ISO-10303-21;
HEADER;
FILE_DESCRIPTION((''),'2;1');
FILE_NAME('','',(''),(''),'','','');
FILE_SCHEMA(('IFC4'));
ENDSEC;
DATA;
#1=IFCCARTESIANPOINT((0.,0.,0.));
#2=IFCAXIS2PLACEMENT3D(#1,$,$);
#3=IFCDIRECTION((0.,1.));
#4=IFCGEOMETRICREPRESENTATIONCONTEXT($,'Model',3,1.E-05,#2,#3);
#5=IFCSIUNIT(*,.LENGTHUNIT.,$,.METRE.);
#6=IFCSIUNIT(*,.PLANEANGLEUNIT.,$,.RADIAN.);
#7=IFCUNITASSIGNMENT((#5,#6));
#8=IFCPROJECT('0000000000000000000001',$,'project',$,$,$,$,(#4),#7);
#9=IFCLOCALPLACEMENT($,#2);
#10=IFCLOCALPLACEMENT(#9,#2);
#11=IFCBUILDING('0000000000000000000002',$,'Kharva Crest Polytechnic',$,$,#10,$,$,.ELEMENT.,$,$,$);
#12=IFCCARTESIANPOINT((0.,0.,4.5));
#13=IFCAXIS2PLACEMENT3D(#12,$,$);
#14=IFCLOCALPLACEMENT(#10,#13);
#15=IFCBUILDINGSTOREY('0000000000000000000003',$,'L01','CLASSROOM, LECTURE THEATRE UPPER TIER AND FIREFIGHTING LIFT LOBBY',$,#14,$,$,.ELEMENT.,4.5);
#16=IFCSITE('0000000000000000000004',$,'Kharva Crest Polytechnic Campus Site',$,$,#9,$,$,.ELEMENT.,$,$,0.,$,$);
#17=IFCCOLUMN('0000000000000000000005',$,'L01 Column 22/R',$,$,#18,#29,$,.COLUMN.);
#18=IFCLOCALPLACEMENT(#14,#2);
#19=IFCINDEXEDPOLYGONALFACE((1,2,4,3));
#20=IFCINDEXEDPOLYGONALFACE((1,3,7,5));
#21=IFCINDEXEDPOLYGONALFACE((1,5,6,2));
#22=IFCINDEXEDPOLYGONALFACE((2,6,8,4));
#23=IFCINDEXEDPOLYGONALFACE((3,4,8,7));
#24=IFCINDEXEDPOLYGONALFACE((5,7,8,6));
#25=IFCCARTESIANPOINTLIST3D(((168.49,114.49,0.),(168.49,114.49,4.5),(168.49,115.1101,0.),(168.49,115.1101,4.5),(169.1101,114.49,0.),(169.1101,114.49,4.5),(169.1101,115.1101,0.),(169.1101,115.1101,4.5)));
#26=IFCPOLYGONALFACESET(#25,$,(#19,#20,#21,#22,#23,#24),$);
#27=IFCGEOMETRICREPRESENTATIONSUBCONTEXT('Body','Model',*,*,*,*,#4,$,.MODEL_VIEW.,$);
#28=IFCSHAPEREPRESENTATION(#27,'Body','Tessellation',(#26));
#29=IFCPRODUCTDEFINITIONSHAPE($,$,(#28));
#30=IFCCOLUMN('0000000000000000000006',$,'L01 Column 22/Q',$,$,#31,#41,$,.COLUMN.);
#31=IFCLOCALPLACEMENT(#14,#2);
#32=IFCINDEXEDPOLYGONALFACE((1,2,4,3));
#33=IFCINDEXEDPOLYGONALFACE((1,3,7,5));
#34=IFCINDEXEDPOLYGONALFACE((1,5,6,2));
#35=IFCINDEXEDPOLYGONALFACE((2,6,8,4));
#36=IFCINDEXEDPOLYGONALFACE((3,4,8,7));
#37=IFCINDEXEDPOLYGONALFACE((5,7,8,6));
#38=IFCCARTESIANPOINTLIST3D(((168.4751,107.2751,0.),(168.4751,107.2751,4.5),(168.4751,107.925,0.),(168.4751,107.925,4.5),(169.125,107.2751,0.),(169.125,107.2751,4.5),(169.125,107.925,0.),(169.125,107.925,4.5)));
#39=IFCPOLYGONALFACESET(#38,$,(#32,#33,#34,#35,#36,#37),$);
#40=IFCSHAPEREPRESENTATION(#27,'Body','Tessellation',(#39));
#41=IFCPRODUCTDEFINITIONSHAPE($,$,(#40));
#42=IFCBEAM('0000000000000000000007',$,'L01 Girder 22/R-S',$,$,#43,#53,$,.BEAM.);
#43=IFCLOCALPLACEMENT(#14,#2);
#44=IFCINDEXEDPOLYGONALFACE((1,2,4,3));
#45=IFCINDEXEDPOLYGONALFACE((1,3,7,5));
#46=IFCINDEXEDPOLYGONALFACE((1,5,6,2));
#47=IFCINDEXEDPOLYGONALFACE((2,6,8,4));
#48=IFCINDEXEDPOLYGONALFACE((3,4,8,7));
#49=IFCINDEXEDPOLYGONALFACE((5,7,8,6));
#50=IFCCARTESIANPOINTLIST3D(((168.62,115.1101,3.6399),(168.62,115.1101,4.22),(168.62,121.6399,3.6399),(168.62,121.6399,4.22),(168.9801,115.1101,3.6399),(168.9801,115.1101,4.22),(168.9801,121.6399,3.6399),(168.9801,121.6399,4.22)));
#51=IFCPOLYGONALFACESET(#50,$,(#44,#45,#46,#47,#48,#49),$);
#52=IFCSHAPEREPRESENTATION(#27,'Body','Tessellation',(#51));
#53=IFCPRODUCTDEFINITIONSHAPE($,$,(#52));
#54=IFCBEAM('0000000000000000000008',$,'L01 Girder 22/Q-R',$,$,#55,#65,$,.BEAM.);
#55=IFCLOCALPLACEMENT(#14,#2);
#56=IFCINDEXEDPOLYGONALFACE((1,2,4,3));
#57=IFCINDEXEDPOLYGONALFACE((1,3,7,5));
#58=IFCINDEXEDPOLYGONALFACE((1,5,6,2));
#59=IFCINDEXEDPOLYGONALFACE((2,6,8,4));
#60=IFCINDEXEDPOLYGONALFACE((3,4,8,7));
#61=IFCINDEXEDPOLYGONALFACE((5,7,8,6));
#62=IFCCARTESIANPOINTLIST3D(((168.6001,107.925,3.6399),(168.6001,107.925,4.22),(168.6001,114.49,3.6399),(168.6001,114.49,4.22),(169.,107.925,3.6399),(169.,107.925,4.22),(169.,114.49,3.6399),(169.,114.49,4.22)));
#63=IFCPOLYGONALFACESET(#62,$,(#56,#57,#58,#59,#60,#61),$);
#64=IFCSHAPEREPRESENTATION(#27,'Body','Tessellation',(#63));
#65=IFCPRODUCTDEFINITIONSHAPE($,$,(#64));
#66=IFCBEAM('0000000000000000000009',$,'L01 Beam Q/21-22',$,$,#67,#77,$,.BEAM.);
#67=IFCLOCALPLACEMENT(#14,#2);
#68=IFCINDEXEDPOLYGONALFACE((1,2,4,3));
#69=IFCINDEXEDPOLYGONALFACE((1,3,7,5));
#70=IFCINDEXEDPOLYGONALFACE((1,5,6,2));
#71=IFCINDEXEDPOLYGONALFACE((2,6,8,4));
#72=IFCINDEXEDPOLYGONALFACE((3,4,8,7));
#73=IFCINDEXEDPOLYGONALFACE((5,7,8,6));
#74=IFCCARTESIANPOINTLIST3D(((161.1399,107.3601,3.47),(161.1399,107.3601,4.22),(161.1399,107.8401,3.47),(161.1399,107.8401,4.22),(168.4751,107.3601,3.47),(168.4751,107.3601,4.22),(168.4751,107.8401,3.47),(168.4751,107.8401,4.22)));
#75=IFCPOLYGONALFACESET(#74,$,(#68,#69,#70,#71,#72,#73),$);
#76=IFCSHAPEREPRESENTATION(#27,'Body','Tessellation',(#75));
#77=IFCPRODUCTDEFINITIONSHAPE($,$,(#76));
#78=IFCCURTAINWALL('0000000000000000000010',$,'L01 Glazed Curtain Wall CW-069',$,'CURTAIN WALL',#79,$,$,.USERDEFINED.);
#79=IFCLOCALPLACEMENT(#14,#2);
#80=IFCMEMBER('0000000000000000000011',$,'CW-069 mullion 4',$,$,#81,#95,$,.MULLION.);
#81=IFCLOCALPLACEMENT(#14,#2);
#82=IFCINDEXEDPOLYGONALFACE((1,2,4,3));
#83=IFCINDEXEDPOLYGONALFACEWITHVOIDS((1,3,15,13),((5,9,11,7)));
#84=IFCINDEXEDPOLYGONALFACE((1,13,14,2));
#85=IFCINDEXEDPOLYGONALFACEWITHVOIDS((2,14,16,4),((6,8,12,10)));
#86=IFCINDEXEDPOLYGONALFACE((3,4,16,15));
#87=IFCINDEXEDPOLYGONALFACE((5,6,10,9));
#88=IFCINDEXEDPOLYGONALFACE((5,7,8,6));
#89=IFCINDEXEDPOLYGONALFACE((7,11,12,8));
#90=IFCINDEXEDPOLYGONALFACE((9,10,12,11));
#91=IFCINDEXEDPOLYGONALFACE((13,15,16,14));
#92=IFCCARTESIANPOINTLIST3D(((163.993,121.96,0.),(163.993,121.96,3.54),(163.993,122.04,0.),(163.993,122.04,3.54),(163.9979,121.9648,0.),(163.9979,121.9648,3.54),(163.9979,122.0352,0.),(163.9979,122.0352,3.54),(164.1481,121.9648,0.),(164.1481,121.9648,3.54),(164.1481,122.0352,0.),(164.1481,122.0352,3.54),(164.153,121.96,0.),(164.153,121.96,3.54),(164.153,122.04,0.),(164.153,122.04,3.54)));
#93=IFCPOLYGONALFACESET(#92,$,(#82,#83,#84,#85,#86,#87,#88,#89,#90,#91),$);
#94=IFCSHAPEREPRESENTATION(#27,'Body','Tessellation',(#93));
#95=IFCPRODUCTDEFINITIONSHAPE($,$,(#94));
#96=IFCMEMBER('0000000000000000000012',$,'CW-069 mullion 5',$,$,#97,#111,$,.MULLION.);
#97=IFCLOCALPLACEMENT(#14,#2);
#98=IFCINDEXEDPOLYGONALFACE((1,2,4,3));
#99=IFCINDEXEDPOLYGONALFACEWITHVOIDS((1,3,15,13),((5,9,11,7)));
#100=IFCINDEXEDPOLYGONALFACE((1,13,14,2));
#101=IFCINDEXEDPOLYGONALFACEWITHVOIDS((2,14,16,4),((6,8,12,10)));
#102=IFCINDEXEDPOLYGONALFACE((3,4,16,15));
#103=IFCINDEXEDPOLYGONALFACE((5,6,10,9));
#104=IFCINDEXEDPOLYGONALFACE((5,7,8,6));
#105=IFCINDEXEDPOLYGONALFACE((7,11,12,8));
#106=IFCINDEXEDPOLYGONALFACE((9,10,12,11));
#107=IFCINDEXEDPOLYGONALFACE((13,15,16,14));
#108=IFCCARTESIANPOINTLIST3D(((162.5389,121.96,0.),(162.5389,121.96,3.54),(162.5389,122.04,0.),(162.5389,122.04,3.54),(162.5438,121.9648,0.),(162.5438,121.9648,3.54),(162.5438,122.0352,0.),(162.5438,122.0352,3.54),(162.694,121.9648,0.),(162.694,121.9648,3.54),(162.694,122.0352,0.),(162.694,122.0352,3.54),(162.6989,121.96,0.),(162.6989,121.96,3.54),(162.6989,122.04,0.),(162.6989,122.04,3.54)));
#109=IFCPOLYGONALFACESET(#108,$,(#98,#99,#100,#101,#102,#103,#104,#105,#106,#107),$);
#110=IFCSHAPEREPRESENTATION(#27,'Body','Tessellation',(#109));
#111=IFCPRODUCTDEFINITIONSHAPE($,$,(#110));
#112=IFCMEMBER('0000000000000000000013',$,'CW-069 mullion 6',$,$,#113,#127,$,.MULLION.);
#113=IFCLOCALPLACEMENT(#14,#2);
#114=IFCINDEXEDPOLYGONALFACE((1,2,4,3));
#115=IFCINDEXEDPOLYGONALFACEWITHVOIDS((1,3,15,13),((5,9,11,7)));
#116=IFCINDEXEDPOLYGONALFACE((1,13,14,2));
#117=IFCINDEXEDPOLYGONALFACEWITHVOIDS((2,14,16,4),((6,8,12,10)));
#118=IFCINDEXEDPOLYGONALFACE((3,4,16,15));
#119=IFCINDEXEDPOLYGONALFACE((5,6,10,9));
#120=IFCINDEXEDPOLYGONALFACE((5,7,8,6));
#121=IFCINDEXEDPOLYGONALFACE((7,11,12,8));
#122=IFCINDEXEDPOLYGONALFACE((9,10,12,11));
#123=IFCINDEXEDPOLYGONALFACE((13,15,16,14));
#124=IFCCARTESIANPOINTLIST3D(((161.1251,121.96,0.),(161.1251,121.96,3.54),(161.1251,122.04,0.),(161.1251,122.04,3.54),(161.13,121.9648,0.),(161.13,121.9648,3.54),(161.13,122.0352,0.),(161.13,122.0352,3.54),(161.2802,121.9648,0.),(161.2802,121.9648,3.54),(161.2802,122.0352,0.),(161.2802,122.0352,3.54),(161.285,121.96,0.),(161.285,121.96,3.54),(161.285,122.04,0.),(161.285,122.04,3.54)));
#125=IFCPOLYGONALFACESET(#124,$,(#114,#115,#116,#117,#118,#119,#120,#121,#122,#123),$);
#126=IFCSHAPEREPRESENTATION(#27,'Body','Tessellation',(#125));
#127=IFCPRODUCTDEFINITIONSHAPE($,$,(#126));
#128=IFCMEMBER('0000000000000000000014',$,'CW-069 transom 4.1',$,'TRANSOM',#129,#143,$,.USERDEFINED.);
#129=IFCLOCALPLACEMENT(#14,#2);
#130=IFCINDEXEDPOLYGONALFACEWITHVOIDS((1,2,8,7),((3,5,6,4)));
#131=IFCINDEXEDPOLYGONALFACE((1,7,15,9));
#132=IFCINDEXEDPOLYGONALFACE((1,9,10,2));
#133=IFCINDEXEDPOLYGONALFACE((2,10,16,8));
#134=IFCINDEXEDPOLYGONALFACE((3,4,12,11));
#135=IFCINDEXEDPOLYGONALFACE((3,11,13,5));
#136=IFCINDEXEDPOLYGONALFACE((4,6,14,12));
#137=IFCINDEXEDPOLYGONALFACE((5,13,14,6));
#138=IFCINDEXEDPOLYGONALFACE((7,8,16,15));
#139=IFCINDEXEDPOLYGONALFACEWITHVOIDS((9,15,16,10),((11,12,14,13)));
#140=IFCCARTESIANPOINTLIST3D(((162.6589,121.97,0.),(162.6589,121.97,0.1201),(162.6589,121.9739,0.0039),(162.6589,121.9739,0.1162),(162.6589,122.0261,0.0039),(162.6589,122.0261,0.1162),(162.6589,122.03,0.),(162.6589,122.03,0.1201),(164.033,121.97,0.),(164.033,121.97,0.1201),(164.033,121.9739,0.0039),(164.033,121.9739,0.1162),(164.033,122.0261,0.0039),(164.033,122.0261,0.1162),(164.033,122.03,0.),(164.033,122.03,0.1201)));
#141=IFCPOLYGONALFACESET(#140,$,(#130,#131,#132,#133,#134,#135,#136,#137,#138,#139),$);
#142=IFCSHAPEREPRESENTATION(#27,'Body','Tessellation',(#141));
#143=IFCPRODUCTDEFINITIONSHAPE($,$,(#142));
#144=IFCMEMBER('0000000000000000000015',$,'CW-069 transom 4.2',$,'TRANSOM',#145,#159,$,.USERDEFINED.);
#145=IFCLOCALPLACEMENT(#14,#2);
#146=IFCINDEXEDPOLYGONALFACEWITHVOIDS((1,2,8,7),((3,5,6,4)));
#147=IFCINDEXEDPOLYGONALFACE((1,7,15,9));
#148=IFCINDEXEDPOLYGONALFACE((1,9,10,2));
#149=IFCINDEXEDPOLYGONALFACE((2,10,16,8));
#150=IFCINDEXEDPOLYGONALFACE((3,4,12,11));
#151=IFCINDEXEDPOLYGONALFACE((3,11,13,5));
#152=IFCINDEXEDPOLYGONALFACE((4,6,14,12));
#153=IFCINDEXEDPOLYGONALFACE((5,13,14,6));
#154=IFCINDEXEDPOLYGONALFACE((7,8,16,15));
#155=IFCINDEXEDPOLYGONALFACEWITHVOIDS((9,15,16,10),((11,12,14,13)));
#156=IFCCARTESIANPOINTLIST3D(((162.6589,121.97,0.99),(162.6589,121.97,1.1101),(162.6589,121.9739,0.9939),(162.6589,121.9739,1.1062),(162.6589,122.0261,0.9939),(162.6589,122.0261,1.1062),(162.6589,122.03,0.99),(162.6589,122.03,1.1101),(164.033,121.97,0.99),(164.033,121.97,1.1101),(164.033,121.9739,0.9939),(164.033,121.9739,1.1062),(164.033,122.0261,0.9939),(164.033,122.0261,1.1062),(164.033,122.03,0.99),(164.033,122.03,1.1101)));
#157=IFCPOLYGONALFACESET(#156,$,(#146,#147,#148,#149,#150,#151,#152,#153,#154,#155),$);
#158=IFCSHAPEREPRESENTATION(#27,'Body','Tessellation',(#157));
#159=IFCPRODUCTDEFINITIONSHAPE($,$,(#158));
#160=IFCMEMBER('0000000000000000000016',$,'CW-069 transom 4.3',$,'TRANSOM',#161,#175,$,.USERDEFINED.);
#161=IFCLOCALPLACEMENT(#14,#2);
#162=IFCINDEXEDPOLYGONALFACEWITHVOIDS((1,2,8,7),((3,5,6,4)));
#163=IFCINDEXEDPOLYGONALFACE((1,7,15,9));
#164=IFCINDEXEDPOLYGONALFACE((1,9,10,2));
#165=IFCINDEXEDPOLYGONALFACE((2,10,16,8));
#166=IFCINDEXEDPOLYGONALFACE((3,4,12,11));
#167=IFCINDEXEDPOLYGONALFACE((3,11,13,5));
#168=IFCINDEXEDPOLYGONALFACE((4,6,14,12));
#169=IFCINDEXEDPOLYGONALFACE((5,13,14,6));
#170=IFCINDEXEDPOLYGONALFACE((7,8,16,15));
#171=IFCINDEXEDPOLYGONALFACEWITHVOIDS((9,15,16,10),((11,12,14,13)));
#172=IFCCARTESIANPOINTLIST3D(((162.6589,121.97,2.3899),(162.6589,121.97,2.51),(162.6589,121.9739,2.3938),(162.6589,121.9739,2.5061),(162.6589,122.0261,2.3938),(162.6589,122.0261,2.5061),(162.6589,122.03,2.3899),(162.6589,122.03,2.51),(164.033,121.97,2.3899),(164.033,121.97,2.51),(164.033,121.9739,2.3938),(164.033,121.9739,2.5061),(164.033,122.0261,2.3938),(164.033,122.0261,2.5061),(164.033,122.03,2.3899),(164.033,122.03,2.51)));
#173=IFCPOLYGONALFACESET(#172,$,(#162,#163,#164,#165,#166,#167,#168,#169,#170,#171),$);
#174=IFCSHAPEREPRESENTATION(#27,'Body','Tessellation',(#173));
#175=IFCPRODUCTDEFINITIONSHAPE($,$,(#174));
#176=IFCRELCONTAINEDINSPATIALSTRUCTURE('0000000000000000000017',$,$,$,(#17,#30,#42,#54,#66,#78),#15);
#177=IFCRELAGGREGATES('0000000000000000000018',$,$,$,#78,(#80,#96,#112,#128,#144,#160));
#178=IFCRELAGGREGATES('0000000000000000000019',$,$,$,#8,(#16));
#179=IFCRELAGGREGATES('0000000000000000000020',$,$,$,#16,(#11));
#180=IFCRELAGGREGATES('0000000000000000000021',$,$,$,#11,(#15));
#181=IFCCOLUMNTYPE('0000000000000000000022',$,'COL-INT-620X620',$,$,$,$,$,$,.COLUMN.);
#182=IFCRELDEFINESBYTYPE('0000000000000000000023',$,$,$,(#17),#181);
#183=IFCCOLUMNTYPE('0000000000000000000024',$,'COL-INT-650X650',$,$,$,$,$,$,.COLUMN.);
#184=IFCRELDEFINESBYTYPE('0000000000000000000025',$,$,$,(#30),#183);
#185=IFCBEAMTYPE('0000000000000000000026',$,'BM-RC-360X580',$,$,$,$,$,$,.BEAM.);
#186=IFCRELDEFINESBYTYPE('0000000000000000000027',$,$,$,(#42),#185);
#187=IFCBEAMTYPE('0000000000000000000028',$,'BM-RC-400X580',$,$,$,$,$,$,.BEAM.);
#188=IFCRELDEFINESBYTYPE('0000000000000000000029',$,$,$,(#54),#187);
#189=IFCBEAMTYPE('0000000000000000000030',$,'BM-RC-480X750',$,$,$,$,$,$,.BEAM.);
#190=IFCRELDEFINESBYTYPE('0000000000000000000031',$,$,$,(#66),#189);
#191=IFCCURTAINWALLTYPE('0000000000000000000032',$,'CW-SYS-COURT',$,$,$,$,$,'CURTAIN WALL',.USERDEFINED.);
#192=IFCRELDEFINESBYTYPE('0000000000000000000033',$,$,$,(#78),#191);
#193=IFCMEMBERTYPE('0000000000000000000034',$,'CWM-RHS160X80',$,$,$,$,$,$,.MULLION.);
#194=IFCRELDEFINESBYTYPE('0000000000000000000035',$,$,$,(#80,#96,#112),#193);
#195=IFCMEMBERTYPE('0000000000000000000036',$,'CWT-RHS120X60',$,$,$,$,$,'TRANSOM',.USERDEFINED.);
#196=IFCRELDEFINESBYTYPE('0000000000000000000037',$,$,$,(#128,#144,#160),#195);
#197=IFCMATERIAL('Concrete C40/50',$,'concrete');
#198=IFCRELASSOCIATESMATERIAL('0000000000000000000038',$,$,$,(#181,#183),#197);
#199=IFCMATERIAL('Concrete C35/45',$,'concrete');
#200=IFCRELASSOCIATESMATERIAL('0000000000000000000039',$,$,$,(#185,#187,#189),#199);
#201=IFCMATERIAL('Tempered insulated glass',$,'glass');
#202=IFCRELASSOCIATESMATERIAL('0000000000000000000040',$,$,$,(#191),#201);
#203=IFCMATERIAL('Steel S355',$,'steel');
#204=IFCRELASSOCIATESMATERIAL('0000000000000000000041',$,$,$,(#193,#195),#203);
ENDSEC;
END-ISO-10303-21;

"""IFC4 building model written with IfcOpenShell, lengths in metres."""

from ifc_helpers import new_model, si_unit, direction, frame, origin, origin_2d, place, context, subcontext, project, spatial, rectangle, hollow_rectangle, extrude, material, material_profile, profile_set, type_object, element, aggregate, save


model = new_model("IFC4")

# Units and contexts
model_context = context("Model", 3, precision=1e-05, world=origin(), true_north=direction((0.0, 1.0)))
body_context = subcontext(model_context, "Body", "Model", "MODEL_VIEW")
ifc_project = project(units=[si_unit("LENGTHUNIT", "METRE"), si_unit("PLANEANGLEUNIT", "RADIAN")], contexts=[model_context])

# Site, building, storey
site_placement = place(None, origin())
site = spatial("IfcSite", under=ifc_project, at=site_placement, Name="Kharva Crest Polytechnic Campus Site", CompositionType="ELEMENT", RefElevation=0.0)
building_placement = place(site_placement, origin())
building = spatial("IfcBuilding", under=site, at=building_placement, Name="Kharva Crest Polytechnic", CompositionType="ELEMENT")
storey_placement = place(building_placement, frame((0.0, 0.0, 4.5)))
storey = spatial("IfcBuildingStorey", under=building, at=storey_placement, Name="L01", Description="CLASSROOM, LECTURE THEATRE UPPER TIER AND FIREFIGHTING LIFT LOBBY", CompositionType="ELEMENT", Elevation=4.5)

# Columns
ifc_material_1 = material(Name="Concrete C40/50", Category="concrete")
ifc_material_profile_1 = material_profile(ifc_material_1, rectangle(XDim=0.6201, YDim=0.6201, at=origin_2d()), Name="RECT 620 X 620")
ifc_profile_set_1 = profile_set([ifc_material_profile_1], Name="Concrete C40/50")
column_type_1 = type_object("IfcColumnType", Name="COL-INT-620X620", PredefinedType="COLUMN", material=ifc_profile_set_1)
column_1_placement = place(storey_placement, frame((168.8, 114.8, 0.0), z_axis=(0.0, 0.0, 1.0), x_axis=(1.0, 0.0, 0.0)))
element("IfcColumn", 1, at=column_1_placement, inside=storey, type_object=column_type_1, Name="L01 Column 22/R", PredefinedType="COLUMN", context=body_context, shape_type="SweptSolid", body=[
    extrude(rectangle(XDim=0.6201, YDim=0.6201, at=origin_2d()), origin(), (0.0, 0.0, 1.0), 4.5),
])
ifc_material_profile_2 = material_profile(ifc_material_1, rectangle(XDim=0.6499, YDim=0.6499, at=origin_2d()), Name="RECT 650 X 650")
ifc_profile_set_2 = profile_set([ifc_material_profile_2], Name="Concrete C40/50")
column_type_2 = type_object("IfcColumnType", Name="COL-INT-650X650", PredefinedType="COLUMN", material=ifc_profile_set_2)
column_2_placement = place(storey_placement, frame((168.8, 107.6001, 0.0), z_axis=(0.0, 0.0, 1.0), x_axis=(1.0, 0.0, 0.0)))
element("IfcColumn", 2, at=column_2_placement, inside=storey, type_object=column_type_2, Name="L01 Column 22/Q", PredefinedType="COLUMN", context=body_context, shape_type="SweptSolid", body=[
    extrude(rectangle(XDim=0.6499, YDim=0.6499, at=origin_2d()), origin(), (0.0, 0.0, 1.0), 4.5),
])

# Beams
ifc_material_2 = material(Name="Concrete C35/45", Category="concrete")
ifc_material_profile_3 = material_profile(ifc_material_2, rectangle(XDim=0.3601, YDim=0.5801, at=origin_2d()), Name="RECT 360 X 580")
ifc_profile_set_3 = profile_set([ifc_material_profile_3], Name="Concrete C35/45")
beam_type_1 = type_object("IfcBeamType", Name="BM-RC-360X580", PredefinedType="BEAM", material=ifc_profile_set_3)
beam_1_placement = place(storey_placement, frame((168.8, 115.1101, 3.9299), z_axis=(0.0, 1.0, 0.0), x_axis=(-1.0, 0.0, 0.0)))
element("IfcBeam", 3, at=beam_1_placement, inside=storey, type_object=beam_type_1, Name="L01 Girder 22/R-S", PredefinedType="BEAM", context=body_context, shape_type="SweptSolid", body=[
    extrude(rectangle(XDim=0.3601, YDim=0.5801, at=origin_2d()), origin(), (0.0, 0.0, 1.0), 6.5298),
])
ifc_material_profile_4 = material_profile(ifc_material_2, rectangle(XDim=0.3999, YDim=0.5801, at=origin_2d()), Name="RECT 400 X 580")
ifc_profile_set_4 = profile_set([ifc_material_profile_4], Name="Concrete C35/45")
beam_type_2 = type_object("IfcBeamType", Name="BM-RC-400X580", PredefinedType="BEAM", material=ifc_profile_set_4)
beam_2_placement = place(storey_placement, frame((168.8, 107.925, 3.9299), z_axis=(0.0, 1.0, 0.0), x_axis=(-1.0, 0.0, 0.0)))
element("IfcBeam", 4, at=beam_2_placement, inside=storey, type_object=beam_type_2, Name="L01 Girder 22/Q-R", PredefinedType="BEAM", context=body_context, shape_type="SweptSolid", body=[
    extrude(rectangle(XDim=0.3999, YDim=0.5801, at=origin_2d()), origin(), (0.0, 0.0, 1.0), 6.5649),
])
ifc_material_profile_5 = material_profile(ifc_material_2, rectangle(XDim=0.48, YDim=0.75, at=origin_2d()), Name="RECT 480 X 750")
ifc_profile_set_5 = profile_set([ifc_material_profile_5], Name="Concrete C35/45")
beam_type_3 = type_object("IfcBeamType", Name="BM-RC-480X750", PredefinedType="BEAM", material=ifc_profile_set_5)
beam_3_placement = place(storey_placement, frame((161.1399, 107.6001, 3.845), z_axis=(1.0, 0.0, 0.0), x_axis=(0.0, 1.0, 0.0)))
element("IfcBeam", 5, at=beam_3_placement, inside=storey, type_object=beam_type_3, Name="L01 Beam Q/21-22", PredefinedType="BEAM", context=body_context, shape_type="SweptSolid", body=[
    extrude(rectangle(XDim=0.48, YDim=0.75, at=origin_2d()), origin(), (0.0, 0.0, 1.0), 7.3352),
])

# Curtain wall, members
ifc_material_3 = material(Name="Tempered insulated glass", Category="glass")
curtain_wall_type = type_object("IfcCurtainWallType", Name="CW-SYS-COURT", ElementType="CURTAIN WALL", PredefinedType="USERDEFINED", material=ifc_material_3)
curtain_wall_placement = place(storey_placement, origin())
curtain_wall = element("IfcCurtainWall", 6, at=curtain_wall_placement, inside=storey, type_object=curtain_wall_type, Name="L01 Glazed Curtain Wall CW-069", ObjectType="CURTAIN WALL", PredefinedType="USERDEFINED")
ifc_material_4 = material(Name="Steel S355", Category="steel")
ifc_material_profile_6 = material_profile(ifc_material_4, hollow_rectangle(XDim=0.0801, YDim=0.1599, WallThickness=0.0049, at=origin_2d()), Name="RHS 160X80X5.0")
ifc_profile_set_6 = profile_set([ifc_material_profile_6], Name="Steel S355")
member_type_1 = type_object("IfcMemberType", Name="CWM-RHS160X80", PredefinedType="MULLION", material=ifc_profile_set_6)
member_1_placement = place(storey_placement, frame((164.073, 122.0, 0.0), z_axis=(0.0, 0.0, 1.0), x_axis=(0.0, -1.0, 0.0)))
member_1 = element("IfcMember", 7, at=member_1_placement, type_object=member_type_1, Name="CW-069 mullion 4", PredefinedType="MULLION", context=body_context, shape_type="SweptSolid", body=[
    extrude(hollow_rectangle(XDim=0.0801, YDim=0.1599, WallThickness=0.0049, at=origin_2d()), origin(), (0.0, 0.0, 1.0), 3.54),
])
member_2_placement = place(storey_placement, frame((162.6189, 122.0, 0.0), z_axis=(0.0, 0.0, 1.0), x_axis=(0.0, -1.0, 0.0)))
member_2 = element("IfcMember", 8, at=member_2_placement, type_object=member_type_1, Name="CW-069 mullion 5", PredefinedType="MULLION", context=body_context, shape_type="SweptSolid", body=[
    extrude(hollow_rectangle(XDim=0.0801, YDim=0.1599, WallThickness=0.0049, at=origin_2d()), origin(), (0.0, 0.0, 1.0), 3.54),
])
member_3_placement = place(storey_placement, frame((161.2051, 122.0, 0.0), z_axis=(0.0, 0.0, 1.0), x_axis=(0.0, -1.0, 0.0)))
member_3 = element("IfcMember", 9, at=member_3_placement, type_object=member_type_1, Name="CW-069 mullion 6", PredefinedType="MULLION", context=body_context, shape_type="SweptSolid", body=[
    extrude(hollow_rectangle(XDim=0.0801, YDim=0.1599, WallThickness=0.0049, at=origin_2d()), origin(), (0.0, 0.0, 1.0), 3.54),
])
ifc_material_profile_7 = material_profile(ifc_material_4, hollow_rectangle(XDim=0.0601, YDim=0.1201, WallThickness=0.0039, at=origin_2d()), Name="RHS 120X60X4.0")
ifc_profile_set_7 = profile_set([ifc_material_profile_7], Name="Steel S355")
member_type_2 = type_object("IfcMemberType", Name="CWT-RHS120X60", ElementType="TRANSOM", PredefinedType="USERDEFINED", material=ifc_profile_set_7)
member_4_placement = place(storey_placement, frame((164.033, 122.0, 0.0601), z_axis=(-1.0, 0.0, 0.0), x_axis=(0.0, -1.0, 0.0)))
member_4 = element("IfcMember", 10, at=member_4_placement, type_object=member_type_2, Name="CW-069 transom 4.1", ObjectType="TRANSOM", PredefinedType="USERDEFINED", context=body_context, shape_type="SweptSolid", body=[
    extrude(hollow_rectangle(XDim=0.0601, YDim=0.1201, WallThickness=0.0039, at=origin_2d()), origin(), (0.0, 0.0, 1.0), 1.374),
])
member_5_placement = place(storey_placement, frame((164.033, 122.0, 1.05), z_axis=(-1.0, 0.0, 0.0), x_axis=(0.0, -1.0, 0.0)))
member_5 = element("IfcMember", 11, at=member_5_placement, type_object=member_type_2, Name="CW-069 transom 4.2", ObjectType="TRANSOM", PredefinedType="USERDEFINED", context=body_context, shape_type="SweptSolid", body=[
    extrude(hollow_rectangle(XDim=0.0601, YDim=0.1201, WallThickness=0.0039, at=origin_2d()), origin(), (0.0, 0.0, 1.0), 1.374),
])
member_6_placement = place(storey_placement, frame((164.033, 122.0, 2.45), z_axis=(-1.0, 0.0, 0.0), x_axis=(0.0, -1.0, 0.0)))
member_6 = element("IfcMember", 12, at=member_6_placement, type_object=member_type_2, Name="CW-069 transom 4.3", ObjectType="TRANSOM", PredefinedType="USERDEFINED", context=body_context, shape_type="SweptSolid", body=[
    extrude(hollow_rectangle(XDim=0.0601, YDim=0.1201, WallThickness=0.0039, at=origin_2d()), origin(), (0.0, 0.0, 1.0), 1.374),
])

aggregate(curtain_wall, [member_1, member_2, member_3, member_4, member_5, member_6])

save(model, "model.ifc")
